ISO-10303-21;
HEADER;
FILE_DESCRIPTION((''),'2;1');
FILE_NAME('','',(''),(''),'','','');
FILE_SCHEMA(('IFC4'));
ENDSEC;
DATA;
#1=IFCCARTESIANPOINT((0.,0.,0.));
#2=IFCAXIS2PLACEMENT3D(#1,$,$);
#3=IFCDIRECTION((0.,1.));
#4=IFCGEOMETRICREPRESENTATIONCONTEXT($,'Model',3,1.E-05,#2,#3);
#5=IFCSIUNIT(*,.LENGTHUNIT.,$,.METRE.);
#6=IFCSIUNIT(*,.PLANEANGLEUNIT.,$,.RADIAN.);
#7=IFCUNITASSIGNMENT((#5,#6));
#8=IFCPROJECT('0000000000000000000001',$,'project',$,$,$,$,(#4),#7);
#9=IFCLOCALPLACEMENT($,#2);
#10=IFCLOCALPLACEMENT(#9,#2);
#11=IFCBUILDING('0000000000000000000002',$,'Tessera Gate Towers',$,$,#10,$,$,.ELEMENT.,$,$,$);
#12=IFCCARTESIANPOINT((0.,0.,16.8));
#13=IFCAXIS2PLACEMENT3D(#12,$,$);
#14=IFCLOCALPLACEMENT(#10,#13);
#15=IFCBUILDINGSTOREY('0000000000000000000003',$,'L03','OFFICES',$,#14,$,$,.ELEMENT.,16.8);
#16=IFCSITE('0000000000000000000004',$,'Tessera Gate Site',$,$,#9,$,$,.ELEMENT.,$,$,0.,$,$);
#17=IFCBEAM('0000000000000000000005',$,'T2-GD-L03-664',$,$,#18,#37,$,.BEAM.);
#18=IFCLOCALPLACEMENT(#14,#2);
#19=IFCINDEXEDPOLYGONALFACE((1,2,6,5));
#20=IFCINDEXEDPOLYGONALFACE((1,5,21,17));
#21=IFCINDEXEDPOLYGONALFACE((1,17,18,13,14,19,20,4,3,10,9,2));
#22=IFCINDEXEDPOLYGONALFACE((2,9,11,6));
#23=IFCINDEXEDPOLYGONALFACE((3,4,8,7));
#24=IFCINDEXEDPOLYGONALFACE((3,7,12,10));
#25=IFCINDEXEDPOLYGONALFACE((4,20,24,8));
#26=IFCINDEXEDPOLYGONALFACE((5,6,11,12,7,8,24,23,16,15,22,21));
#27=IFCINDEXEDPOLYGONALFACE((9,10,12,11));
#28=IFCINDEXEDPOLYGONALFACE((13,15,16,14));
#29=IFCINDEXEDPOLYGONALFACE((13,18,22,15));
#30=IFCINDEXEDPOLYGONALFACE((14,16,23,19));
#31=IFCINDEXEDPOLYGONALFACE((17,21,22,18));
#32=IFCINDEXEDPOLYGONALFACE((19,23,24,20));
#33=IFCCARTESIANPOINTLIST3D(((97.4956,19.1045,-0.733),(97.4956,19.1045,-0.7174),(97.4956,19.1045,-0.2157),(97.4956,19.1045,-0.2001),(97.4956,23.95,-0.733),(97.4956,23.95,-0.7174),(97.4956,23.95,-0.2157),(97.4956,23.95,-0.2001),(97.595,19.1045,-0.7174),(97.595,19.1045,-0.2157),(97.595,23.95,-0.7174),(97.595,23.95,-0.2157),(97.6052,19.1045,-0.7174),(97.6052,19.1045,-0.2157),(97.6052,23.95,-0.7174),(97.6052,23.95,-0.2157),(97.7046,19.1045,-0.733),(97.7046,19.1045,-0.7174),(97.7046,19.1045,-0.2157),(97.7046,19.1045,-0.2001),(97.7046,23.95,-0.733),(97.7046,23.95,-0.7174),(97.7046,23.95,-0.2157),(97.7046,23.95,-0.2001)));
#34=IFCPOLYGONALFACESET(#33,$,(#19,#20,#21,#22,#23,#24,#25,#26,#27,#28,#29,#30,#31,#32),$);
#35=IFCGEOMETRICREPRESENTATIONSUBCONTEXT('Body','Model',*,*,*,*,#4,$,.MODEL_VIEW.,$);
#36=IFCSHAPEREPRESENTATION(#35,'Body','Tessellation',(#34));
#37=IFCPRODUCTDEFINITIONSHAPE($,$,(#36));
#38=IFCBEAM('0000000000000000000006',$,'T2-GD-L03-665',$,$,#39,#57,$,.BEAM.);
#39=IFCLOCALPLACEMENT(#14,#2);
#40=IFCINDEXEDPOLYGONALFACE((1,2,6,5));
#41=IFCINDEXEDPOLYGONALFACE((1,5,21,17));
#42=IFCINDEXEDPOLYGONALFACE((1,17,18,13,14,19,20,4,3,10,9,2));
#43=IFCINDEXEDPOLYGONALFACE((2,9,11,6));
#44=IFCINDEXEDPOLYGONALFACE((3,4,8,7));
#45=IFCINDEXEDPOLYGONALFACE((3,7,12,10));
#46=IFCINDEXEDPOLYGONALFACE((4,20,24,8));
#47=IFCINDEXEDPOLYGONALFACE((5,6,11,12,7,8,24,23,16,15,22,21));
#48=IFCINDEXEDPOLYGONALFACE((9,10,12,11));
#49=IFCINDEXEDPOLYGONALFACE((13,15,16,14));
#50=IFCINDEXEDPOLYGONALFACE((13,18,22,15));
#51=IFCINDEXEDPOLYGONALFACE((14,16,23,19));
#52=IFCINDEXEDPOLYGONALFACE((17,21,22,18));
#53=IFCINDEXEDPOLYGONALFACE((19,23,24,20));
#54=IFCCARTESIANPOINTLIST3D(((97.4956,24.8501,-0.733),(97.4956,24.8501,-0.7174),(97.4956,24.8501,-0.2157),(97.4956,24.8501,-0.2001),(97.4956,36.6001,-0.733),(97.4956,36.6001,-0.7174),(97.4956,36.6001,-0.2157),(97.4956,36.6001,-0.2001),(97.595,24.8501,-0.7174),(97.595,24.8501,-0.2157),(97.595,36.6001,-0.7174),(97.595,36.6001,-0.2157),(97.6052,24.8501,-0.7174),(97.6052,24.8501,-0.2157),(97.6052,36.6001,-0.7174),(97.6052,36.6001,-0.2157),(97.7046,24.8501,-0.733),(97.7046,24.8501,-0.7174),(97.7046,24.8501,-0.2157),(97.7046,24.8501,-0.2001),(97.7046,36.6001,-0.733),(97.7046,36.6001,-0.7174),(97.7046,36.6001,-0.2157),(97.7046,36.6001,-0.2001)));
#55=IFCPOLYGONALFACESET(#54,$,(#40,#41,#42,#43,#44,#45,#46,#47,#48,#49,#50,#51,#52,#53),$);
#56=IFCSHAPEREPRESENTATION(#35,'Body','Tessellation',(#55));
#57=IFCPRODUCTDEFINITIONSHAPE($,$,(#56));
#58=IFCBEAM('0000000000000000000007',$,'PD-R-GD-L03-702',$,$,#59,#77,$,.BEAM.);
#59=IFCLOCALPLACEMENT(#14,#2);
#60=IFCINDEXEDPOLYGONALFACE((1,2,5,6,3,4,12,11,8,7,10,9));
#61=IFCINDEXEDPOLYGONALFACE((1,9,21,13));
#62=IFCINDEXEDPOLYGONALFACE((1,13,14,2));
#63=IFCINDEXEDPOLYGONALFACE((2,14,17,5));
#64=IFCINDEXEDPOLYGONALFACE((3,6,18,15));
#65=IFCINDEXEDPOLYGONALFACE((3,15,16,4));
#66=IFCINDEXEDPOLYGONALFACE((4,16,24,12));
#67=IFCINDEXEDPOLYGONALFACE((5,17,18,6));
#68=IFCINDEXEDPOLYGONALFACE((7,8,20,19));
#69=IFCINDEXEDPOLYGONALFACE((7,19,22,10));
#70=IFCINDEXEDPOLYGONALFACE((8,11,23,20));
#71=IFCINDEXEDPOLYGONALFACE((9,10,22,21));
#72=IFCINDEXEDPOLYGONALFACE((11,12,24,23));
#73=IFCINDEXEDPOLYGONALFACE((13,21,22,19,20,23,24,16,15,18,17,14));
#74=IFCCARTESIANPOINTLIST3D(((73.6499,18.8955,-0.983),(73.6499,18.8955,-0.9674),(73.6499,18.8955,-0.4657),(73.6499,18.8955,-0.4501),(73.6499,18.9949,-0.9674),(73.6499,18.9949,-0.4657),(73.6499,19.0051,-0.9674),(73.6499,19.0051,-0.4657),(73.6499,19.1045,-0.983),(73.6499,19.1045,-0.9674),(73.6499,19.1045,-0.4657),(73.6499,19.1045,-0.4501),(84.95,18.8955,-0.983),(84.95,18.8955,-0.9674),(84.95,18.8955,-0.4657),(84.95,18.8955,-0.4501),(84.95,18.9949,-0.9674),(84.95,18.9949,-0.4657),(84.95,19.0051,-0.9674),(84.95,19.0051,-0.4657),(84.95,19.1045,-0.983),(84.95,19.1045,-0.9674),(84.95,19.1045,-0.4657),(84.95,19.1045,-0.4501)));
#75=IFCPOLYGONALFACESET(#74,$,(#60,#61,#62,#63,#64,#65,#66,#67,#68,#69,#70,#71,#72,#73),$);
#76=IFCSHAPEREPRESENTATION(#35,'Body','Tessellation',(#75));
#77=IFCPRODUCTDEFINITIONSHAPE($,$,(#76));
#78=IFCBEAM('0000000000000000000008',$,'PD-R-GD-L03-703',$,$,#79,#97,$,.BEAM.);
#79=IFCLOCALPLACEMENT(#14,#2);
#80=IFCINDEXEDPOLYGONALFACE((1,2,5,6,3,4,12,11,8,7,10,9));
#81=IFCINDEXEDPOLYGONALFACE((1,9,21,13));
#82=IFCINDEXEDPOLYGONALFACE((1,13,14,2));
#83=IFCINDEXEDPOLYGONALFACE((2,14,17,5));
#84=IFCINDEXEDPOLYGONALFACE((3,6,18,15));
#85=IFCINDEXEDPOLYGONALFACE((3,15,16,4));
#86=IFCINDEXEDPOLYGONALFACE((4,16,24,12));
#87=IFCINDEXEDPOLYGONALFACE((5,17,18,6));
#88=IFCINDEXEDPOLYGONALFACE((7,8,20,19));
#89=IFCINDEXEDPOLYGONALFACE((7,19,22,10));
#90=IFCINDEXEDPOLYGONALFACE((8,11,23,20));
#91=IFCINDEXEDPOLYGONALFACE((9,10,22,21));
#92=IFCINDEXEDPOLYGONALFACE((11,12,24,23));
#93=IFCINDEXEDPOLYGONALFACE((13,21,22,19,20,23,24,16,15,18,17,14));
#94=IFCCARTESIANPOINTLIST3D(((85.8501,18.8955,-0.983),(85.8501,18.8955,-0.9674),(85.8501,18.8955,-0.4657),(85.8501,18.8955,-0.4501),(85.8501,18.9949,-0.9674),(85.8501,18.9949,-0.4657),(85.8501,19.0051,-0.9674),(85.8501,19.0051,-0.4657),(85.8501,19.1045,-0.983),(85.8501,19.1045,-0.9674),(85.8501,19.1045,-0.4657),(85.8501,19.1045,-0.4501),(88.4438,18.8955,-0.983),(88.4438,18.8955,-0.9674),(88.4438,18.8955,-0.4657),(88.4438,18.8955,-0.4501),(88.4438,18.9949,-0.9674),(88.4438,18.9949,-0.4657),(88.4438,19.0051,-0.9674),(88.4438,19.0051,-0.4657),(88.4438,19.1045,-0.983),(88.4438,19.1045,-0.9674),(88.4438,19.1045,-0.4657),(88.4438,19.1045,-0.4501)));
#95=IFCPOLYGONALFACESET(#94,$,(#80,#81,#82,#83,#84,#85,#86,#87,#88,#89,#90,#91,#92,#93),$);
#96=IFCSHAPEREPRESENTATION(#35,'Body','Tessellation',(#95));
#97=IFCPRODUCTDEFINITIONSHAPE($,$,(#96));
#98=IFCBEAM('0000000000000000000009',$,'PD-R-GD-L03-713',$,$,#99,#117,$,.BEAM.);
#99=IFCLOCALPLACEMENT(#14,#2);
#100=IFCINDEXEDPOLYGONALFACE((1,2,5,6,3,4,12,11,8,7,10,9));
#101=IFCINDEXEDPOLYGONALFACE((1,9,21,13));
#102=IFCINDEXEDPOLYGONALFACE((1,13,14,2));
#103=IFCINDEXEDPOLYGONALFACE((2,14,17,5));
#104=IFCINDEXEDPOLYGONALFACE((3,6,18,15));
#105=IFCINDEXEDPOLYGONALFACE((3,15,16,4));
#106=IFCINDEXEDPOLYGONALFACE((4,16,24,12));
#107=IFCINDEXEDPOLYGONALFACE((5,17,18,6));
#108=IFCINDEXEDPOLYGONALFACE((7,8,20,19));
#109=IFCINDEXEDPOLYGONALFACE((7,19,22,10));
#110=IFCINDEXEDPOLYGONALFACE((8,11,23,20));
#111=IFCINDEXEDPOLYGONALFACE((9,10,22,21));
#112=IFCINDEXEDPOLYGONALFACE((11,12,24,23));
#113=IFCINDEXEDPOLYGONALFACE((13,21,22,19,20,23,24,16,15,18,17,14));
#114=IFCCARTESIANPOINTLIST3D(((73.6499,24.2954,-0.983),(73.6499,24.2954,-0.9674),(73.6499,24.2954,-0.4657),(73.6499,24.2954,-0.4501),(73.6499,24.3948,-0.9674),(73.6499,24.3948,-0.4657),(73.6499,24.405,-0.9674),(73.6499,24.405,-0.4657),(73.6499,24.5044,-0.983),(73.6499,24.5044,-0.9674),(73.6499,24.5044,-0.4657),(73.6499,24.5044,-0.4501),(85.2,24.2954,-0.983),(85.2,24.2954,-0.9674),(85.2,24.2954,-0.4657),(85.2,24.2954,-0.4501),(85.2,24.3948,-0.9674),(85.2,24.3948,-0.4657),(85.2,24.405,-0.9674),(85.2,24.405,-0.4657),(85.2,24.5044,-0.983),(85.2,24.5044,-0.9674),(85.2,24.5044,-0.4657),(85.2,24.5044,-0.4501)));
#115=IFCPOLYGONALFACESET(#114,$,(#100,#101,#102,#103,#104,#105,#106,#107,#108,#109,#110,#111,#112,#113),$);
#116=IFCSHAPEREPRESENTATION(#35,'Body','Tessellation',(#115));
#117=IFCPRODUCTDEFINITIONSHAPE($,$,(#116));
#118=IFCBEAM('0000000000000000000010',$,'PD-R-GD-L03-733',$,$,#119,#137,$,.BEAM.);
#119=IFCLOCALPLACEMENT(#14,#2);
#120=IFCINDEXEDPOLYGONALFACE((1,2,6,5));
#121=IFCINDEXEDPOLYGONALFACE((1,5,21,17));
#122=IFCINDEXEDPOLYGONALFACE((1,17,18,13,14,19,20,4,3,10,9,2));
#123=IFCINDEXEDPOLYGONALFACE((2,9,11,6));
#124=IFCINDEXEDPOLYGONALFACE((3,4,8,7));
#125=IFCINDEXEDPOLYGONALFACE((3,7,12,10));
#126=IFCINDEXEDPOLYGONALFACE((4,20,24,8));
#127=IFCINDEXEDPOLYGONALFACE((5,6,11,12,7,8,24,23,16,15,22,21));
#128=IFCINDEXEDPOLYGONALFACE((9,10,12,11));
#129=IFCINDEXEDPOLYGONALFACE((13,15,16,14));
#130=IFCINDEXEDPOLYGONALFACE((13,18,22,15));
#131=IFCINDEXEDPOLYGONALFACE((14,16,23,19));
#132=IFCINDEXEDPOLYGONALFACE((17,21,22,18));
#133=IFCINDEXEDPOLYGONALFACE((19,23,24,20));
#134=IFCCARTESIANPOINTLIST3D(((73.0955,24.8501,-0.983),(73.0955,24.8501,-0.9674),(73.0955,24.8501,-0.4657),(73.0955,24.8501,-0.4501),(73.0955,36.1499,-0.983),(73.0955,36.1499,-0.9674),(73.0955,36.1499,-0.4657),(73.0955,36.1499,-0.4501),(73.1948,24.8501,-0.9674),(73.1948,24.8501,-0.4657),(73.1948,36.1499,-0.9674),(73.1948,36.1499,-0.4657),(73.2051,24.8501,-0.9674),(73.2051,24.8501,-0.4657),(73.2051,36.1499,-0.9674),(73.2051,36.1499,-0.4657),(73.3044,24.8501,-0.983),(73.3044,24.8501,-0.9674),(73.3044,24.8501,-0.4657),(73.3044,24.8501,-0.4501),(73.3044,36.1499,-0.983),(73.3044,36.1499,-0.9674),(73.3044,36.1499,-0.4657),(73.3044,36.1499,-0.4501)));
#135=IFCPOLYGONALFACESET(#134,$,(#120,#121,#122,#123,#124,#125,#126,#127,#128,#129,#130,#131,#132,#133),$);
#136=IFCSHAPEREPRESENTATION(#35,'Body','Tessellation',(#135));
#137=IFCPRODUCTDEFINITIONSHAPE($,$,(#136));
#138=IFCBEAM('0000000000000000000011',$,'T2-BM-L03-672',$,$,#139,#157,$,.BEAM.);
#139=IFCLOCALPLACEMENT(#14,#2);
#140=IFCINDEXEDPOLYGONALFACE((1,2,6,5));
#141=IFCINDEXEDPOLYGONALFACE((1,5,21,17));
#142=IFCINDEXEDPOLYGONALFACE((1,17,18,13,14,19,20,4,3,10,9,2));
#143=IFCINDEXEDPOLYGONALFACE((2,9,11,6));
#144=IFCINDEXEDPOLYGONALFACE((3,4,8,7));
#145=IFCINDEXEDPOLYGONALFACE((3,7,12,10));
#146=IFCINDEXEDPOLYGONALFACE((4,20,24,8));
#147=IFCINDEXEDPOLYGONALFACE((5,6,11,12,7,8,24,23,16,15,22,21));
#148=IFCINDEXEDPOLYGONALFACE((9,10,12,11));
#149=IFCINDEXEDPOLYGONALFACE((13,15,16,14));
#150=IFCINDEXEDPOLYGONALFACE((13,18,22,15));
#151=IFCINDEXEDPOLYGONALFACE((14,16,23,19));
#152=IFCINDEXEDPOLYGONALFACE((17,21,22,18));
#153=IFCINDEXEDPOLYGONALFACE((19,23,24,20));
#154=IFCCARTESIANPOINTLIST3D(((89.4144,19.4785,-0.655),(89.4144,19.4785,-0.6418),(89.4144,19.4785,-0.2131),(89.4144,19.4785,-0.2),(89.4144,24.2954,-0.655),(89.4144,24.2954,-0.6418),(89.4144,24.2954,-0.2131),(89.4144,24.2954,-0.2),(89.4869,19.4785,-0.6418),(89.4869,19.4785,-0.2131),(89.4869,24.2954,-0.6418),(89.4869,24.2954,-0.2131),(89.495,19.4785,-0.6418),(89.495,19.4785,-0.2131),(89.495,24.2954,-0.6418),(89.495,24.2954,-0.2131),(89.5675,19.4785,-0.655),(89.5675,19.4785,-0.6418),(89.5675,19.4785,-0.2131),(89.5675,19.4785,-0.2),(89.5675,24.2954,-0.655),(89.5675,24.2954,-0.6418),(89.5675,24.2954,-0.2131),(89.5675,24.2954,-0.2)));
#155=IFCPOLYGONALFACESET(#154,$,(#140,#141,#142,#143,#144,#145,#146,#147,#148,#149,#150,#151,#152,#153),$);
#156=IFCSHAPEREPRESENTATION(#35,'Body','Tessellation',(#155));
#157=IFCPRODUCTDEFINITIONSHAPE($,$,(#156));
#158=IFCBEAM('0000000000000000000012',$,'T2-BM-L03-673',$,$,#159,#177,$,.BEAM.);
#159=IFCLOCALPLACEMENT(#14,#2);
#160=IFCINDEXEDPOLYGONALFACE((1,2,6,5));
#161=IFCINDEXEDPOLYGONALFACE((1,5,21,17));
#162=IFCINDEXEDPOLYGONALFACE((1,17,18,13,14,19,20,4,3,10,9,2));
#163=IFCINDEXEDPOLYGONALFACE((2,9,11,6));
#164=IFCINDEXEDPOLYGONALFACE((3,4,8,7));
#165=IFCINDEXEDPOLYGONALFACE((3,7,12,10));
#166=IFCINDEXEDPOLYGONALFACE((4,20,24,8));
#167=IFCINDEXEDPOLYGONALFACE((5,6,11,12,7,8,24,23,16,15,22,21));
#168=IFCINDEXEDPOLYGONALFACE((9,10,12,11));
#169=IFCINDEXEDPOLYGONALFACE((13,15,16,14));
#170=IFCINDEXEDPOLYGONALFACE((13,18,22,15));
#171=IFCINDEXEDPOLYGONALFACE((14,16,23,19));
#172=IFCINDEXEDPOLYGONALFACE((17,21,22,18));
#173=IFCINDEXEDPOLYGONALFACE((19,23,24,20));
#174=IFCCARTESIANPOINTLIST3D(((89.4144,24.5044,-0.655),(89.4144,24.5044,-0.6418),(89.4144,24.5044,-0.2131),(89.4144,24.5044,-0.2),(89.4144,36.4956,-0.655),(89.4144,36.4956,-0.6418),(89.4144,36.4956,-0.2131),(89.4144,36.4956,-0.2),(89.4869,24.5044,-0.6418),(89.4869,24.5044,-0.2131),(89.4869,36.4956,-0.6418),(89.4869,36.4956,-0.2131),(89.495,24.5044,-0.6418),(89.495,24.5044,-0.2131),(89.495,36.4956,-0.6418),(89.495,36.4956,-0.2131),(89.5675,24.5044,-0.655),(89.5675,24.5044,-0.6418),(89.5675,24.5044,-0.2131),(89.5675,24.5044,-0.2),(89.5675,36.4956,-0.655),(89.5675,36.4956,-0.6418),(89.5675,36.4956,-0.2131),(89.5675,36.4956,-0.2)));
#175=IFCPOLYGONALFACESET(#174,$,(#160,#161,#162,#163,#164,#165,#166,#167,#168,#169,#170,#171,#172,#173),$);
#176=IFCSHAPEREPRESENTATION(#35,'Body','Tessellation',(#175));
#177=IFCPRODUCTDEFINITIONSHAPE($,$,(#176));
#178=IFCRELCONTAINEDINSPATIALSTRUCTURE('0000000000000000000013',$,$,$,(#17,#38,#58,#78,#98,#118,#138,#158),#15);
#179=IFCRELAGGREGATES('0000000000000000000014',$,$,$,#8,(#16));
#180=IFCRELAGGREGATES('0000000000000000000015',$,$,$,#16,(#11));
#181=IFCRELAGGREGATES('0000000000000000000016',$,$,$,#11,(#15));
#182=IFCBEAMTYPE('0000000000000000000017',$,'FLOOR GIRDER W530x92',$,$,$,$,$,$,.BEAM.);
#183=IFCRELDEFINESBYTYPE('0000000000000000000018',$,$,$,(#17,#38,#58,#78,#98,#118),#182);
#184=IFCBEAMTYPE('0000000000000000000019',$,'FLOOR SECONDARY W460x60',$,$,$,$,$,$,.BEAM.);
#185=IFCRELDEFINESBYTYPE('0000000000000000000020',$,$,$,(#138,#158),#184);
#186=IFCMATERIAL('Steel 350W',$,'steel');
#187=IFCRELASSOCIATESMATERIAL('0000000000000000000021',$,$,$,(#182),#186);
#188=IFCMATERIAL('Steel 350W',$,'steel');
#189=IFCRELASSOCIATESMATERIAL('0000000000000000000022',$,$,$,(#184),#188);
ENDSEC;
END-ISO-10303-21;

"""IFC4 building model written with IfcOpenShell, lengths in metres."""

from ifc_helpers import new_model, si_unit, direction, frame, origin, origin_2d, place, context, subcontext, project, spatial, i_section, extrude, material, material_profile, profile_set, type_object, element, save


model = new_model("IFC4")

# Units and contexts
model_context = context("Model", 3, precision=1e-05, world=origin(), true_north=direction((0.0, 1.0)))
body_context = subcontext(model_context, "Body", "Model", "MODEL_VIEW")
ifc_project = project(units=[si_unit("LENGTHUNIT", "METRE"), si_unit("PLANEANGLEUNIT", "RADIAN")], contexts=[model_context])

# Site, building, storey
site_placement = place(None, origin())
site = spatial("IfcSite", under=ifc_project, at=site_placement, Name="Tessera Gate Site", CompositionType="ELEMENT", RefElevation=0.0)
building_placement = place(site_placement, origin())
building = spatial("IfcBuilding", under=site, at=building_placement, Name="Tessera Gate Towers", CompositionType="ELEMENT")
storey_placement = place(building_placement, frame((0.0, 0.0, 16.8)))
storey = spatial("IfcBuildingStorey", under=building, at=storey_placement, Name="L03", Description="OFFICES", CompositionType="ELEMENT", Elevation=16.8)

# Beams
ifc_material_1 = material(Name="Steel 350W", Category="steel")
ifc_material_profile_1 = material_profile(ifc_material_1, i_section(OverallWidth=0.209, OverallDepth=0.533, WebThickness=0.0103, FlangeThickness=0.0156, at=origin_2d()), Name="W530x92")
ifc_profile_set_1 = profile_set([ifc_material_profile_1], Name="Steel 350W")
beam_type_1 = type_object("IfcBeamType", Name="FLOOR GIRDER W530x92", PredefinedType="BEAM", material=ifc_profile_set_1)
beam_1_placement = place(storey_placement, frame((97.6001, 19.1045, -0.4666), z_axis=(0.0, 1.0, 0.0), x_axis=(-1.0, 0.0, 0.0)))
element("IfcBeam", 1, at=beam_1_placement, inside=storey, type_object=beam_type_1, Name="T2-GD-L03-664", PredefinedType="BEAM", context=body_context, shape_type="SweptSolid", body=[
    extrude(i_section(OverallWidth=0.209, OverallDepth=0.533, WebThickness=0.0103, FlangeThickness=0.0156, at=origin_2d()), origin(), (0.0, 0.0, 1.0), 4.8455),
])
beam_2_placement = place(storey_placement, frame((97.6001, 24.8501, -0.4666), z_axis=(0.0, 1.0, 0.0), x_axis=(-1.0, 0.0, 0.0)))
element("IfcBeam", 2, at=beam_2_placement, inside=storey, type_object=beam_type_1, Name="T2-GD-L03-665", PredefinedType="BEAM", context=body_context, shape_type="SweptSolid", body=[
    extrude(i_section(OverallWidth=0.209, OverallDepth=0.533, WebThickness=0.0103, FlangeThickness=0.0156, at=origin_2d()), origin(), (0.0, 0.0, 1.0), 11.75),
])
beam_3_placement = place(storey_placement, frame((73.6499, 19.0, -0.7166), z_axis=(1.0, 0.0, 0.0), x_axis=(0.0, 1.0, 0.0)))
element("IfcBeam", 3, at=beam_3_placement, inside=storey, type_object=beam_type_1, Name="PD-R-GD-L03-702", PredefinedType="BEAM", context=body_context, shape_type="SweptSolid", body=[
    extrude(i_section(OverallWidth=0.209, OverallDepth=0.533, WebThickness=0.0103, FlangeThickness=0.0156, at=origin_2d()), origin(), (0.0, 0.0, 1.0), 11.3),
])
beam_4_placement = place(storey_placement, frame((85.8501, 19.0, -0.7166), z_axis=(1.0, 0.0, 0.0), x_axis=(0.0, 1.0, 0.0)))
element("IfcBeam", 4, at=beam_4_placement, inside=storey, type_object=beam_type_1, Name="PD-R-GD-L03-703", PredefinedType="BEAM", context=body_context, shape_type="SweptSolid", body=[
    extrude(i_section(OverallWidth=0.209, OverallDepth=0.533, WebThickness=0.0103, FlangeThickness=0.0156, at=origin_2d()), origin(), (0.0, 0.0, 1.0), 2.5938),
])
beam_5_placement = place(storey_placement, frame((73.6499, 24.3999, -0.7166), z_axis=(1.0, 0.0, 0.0), x_axis=(0.0, 1.0, 0.0)))
element("IfcBeam", 5, at=beam_5_placement, inside=storey, type_object=beam_type_1, Name="PD-R-GD-L03-713", PredefinedType="BEAM", context=body_context, shape_type="SweptSolid", body=[
    extrude(i_section(OverallWidth=0.209, OverallDepth=0.533, WebThickness=0.0103, FlangeThickness=0.0156, at=origin_2d()), origin(), (0.0, 0.0, 1.0), 11.55),
])
beam_6_placement = place(storey_placement, frame((73.2, 24.8501, -0.7166), z_axis=(0.0, 1.0, 0.0), x_axis=(-1.0, 0.0, 0.0)))
element("IfcBeam", 6, at=beam_6_placement, inside=storey, type_object=beam_type_1, Name="PD-R-GD-L03-733", PredefinedType="BEAM", context=body_context, shape_type="SweptSolid", body=[
    extrude(i_section(OverallWidth=0.209, OverallDepth=0.533, WebThickness=0.0103, FlangeThickness=0.0156, at=origin_2d()), origin(), (0.0, 0.0, 1.0), 11.2998),
])
ifc_material_2 = material(Name="Steel 350W", Category="steel")
ifc_material_profile_2 = material_profile(ifc_material_2, i_section(OverallWidth=0.1531, OverallDepth=0.4551, WebThickness=0.0081, FlangeThickness=0.0132, at=origin_2d()), Name="W460x60")
ifc_profile_set_2 = profile_set([ifc_material_profile_2], Name="Steel 350W")
beam_type_2 = type_object("IfcBeamType", Name="FLOOR SECONDARY W460x60", PredefinedType="BEAM", material=ifc_profile_set_2)
beam_7_placement = place(storey_placement, frame((89.491, 19.4785, -0.4275), z_axis=(0.0, 1.0, 0.0), x_axis=(-1.0, 0.0, 0.0)))
element("IfcBeam", 7, at=beam_7_placement, inside=storey, type_object=beam_type_2, Name="T2-BM-L03-672", PredefinedType="BEAM", context=body_context, shape_type="SweptSolid", body=[
    extrude(i_section(OverallWidth=0.1531, OverallDepth=0.4551, WebThickness=0.0081, FlangeThickness=0.0132, at=origin_2d()), origin(), (0.0, 0.0, 1.0), 4.8169),
])
beam_8_placement = place(storey_placement, frame((89.491, 24.5044, -0.4275), z_axis=(0.0, 1.0, 0.0), x_axis=(-1.0, 0.0, 0.0)))
element("IfcBeam", 8, at=beam_8_placement, inside=storey, type_object=beam_type_2, Name="T2-BM-L03-673", PredefinedType="BEAM", context=body_context, shape_type="SweptSolid", body=[
    extrude(i_section(OverallWidth=0.1531, OverallDepth=0.4551, WebThickness=0.0081, FlangeThickness=0.0132, at=origin_2d()), origin(), (0.0, 0.0, 1.0), 11.9912),
])

save(model, "model.ifc")
